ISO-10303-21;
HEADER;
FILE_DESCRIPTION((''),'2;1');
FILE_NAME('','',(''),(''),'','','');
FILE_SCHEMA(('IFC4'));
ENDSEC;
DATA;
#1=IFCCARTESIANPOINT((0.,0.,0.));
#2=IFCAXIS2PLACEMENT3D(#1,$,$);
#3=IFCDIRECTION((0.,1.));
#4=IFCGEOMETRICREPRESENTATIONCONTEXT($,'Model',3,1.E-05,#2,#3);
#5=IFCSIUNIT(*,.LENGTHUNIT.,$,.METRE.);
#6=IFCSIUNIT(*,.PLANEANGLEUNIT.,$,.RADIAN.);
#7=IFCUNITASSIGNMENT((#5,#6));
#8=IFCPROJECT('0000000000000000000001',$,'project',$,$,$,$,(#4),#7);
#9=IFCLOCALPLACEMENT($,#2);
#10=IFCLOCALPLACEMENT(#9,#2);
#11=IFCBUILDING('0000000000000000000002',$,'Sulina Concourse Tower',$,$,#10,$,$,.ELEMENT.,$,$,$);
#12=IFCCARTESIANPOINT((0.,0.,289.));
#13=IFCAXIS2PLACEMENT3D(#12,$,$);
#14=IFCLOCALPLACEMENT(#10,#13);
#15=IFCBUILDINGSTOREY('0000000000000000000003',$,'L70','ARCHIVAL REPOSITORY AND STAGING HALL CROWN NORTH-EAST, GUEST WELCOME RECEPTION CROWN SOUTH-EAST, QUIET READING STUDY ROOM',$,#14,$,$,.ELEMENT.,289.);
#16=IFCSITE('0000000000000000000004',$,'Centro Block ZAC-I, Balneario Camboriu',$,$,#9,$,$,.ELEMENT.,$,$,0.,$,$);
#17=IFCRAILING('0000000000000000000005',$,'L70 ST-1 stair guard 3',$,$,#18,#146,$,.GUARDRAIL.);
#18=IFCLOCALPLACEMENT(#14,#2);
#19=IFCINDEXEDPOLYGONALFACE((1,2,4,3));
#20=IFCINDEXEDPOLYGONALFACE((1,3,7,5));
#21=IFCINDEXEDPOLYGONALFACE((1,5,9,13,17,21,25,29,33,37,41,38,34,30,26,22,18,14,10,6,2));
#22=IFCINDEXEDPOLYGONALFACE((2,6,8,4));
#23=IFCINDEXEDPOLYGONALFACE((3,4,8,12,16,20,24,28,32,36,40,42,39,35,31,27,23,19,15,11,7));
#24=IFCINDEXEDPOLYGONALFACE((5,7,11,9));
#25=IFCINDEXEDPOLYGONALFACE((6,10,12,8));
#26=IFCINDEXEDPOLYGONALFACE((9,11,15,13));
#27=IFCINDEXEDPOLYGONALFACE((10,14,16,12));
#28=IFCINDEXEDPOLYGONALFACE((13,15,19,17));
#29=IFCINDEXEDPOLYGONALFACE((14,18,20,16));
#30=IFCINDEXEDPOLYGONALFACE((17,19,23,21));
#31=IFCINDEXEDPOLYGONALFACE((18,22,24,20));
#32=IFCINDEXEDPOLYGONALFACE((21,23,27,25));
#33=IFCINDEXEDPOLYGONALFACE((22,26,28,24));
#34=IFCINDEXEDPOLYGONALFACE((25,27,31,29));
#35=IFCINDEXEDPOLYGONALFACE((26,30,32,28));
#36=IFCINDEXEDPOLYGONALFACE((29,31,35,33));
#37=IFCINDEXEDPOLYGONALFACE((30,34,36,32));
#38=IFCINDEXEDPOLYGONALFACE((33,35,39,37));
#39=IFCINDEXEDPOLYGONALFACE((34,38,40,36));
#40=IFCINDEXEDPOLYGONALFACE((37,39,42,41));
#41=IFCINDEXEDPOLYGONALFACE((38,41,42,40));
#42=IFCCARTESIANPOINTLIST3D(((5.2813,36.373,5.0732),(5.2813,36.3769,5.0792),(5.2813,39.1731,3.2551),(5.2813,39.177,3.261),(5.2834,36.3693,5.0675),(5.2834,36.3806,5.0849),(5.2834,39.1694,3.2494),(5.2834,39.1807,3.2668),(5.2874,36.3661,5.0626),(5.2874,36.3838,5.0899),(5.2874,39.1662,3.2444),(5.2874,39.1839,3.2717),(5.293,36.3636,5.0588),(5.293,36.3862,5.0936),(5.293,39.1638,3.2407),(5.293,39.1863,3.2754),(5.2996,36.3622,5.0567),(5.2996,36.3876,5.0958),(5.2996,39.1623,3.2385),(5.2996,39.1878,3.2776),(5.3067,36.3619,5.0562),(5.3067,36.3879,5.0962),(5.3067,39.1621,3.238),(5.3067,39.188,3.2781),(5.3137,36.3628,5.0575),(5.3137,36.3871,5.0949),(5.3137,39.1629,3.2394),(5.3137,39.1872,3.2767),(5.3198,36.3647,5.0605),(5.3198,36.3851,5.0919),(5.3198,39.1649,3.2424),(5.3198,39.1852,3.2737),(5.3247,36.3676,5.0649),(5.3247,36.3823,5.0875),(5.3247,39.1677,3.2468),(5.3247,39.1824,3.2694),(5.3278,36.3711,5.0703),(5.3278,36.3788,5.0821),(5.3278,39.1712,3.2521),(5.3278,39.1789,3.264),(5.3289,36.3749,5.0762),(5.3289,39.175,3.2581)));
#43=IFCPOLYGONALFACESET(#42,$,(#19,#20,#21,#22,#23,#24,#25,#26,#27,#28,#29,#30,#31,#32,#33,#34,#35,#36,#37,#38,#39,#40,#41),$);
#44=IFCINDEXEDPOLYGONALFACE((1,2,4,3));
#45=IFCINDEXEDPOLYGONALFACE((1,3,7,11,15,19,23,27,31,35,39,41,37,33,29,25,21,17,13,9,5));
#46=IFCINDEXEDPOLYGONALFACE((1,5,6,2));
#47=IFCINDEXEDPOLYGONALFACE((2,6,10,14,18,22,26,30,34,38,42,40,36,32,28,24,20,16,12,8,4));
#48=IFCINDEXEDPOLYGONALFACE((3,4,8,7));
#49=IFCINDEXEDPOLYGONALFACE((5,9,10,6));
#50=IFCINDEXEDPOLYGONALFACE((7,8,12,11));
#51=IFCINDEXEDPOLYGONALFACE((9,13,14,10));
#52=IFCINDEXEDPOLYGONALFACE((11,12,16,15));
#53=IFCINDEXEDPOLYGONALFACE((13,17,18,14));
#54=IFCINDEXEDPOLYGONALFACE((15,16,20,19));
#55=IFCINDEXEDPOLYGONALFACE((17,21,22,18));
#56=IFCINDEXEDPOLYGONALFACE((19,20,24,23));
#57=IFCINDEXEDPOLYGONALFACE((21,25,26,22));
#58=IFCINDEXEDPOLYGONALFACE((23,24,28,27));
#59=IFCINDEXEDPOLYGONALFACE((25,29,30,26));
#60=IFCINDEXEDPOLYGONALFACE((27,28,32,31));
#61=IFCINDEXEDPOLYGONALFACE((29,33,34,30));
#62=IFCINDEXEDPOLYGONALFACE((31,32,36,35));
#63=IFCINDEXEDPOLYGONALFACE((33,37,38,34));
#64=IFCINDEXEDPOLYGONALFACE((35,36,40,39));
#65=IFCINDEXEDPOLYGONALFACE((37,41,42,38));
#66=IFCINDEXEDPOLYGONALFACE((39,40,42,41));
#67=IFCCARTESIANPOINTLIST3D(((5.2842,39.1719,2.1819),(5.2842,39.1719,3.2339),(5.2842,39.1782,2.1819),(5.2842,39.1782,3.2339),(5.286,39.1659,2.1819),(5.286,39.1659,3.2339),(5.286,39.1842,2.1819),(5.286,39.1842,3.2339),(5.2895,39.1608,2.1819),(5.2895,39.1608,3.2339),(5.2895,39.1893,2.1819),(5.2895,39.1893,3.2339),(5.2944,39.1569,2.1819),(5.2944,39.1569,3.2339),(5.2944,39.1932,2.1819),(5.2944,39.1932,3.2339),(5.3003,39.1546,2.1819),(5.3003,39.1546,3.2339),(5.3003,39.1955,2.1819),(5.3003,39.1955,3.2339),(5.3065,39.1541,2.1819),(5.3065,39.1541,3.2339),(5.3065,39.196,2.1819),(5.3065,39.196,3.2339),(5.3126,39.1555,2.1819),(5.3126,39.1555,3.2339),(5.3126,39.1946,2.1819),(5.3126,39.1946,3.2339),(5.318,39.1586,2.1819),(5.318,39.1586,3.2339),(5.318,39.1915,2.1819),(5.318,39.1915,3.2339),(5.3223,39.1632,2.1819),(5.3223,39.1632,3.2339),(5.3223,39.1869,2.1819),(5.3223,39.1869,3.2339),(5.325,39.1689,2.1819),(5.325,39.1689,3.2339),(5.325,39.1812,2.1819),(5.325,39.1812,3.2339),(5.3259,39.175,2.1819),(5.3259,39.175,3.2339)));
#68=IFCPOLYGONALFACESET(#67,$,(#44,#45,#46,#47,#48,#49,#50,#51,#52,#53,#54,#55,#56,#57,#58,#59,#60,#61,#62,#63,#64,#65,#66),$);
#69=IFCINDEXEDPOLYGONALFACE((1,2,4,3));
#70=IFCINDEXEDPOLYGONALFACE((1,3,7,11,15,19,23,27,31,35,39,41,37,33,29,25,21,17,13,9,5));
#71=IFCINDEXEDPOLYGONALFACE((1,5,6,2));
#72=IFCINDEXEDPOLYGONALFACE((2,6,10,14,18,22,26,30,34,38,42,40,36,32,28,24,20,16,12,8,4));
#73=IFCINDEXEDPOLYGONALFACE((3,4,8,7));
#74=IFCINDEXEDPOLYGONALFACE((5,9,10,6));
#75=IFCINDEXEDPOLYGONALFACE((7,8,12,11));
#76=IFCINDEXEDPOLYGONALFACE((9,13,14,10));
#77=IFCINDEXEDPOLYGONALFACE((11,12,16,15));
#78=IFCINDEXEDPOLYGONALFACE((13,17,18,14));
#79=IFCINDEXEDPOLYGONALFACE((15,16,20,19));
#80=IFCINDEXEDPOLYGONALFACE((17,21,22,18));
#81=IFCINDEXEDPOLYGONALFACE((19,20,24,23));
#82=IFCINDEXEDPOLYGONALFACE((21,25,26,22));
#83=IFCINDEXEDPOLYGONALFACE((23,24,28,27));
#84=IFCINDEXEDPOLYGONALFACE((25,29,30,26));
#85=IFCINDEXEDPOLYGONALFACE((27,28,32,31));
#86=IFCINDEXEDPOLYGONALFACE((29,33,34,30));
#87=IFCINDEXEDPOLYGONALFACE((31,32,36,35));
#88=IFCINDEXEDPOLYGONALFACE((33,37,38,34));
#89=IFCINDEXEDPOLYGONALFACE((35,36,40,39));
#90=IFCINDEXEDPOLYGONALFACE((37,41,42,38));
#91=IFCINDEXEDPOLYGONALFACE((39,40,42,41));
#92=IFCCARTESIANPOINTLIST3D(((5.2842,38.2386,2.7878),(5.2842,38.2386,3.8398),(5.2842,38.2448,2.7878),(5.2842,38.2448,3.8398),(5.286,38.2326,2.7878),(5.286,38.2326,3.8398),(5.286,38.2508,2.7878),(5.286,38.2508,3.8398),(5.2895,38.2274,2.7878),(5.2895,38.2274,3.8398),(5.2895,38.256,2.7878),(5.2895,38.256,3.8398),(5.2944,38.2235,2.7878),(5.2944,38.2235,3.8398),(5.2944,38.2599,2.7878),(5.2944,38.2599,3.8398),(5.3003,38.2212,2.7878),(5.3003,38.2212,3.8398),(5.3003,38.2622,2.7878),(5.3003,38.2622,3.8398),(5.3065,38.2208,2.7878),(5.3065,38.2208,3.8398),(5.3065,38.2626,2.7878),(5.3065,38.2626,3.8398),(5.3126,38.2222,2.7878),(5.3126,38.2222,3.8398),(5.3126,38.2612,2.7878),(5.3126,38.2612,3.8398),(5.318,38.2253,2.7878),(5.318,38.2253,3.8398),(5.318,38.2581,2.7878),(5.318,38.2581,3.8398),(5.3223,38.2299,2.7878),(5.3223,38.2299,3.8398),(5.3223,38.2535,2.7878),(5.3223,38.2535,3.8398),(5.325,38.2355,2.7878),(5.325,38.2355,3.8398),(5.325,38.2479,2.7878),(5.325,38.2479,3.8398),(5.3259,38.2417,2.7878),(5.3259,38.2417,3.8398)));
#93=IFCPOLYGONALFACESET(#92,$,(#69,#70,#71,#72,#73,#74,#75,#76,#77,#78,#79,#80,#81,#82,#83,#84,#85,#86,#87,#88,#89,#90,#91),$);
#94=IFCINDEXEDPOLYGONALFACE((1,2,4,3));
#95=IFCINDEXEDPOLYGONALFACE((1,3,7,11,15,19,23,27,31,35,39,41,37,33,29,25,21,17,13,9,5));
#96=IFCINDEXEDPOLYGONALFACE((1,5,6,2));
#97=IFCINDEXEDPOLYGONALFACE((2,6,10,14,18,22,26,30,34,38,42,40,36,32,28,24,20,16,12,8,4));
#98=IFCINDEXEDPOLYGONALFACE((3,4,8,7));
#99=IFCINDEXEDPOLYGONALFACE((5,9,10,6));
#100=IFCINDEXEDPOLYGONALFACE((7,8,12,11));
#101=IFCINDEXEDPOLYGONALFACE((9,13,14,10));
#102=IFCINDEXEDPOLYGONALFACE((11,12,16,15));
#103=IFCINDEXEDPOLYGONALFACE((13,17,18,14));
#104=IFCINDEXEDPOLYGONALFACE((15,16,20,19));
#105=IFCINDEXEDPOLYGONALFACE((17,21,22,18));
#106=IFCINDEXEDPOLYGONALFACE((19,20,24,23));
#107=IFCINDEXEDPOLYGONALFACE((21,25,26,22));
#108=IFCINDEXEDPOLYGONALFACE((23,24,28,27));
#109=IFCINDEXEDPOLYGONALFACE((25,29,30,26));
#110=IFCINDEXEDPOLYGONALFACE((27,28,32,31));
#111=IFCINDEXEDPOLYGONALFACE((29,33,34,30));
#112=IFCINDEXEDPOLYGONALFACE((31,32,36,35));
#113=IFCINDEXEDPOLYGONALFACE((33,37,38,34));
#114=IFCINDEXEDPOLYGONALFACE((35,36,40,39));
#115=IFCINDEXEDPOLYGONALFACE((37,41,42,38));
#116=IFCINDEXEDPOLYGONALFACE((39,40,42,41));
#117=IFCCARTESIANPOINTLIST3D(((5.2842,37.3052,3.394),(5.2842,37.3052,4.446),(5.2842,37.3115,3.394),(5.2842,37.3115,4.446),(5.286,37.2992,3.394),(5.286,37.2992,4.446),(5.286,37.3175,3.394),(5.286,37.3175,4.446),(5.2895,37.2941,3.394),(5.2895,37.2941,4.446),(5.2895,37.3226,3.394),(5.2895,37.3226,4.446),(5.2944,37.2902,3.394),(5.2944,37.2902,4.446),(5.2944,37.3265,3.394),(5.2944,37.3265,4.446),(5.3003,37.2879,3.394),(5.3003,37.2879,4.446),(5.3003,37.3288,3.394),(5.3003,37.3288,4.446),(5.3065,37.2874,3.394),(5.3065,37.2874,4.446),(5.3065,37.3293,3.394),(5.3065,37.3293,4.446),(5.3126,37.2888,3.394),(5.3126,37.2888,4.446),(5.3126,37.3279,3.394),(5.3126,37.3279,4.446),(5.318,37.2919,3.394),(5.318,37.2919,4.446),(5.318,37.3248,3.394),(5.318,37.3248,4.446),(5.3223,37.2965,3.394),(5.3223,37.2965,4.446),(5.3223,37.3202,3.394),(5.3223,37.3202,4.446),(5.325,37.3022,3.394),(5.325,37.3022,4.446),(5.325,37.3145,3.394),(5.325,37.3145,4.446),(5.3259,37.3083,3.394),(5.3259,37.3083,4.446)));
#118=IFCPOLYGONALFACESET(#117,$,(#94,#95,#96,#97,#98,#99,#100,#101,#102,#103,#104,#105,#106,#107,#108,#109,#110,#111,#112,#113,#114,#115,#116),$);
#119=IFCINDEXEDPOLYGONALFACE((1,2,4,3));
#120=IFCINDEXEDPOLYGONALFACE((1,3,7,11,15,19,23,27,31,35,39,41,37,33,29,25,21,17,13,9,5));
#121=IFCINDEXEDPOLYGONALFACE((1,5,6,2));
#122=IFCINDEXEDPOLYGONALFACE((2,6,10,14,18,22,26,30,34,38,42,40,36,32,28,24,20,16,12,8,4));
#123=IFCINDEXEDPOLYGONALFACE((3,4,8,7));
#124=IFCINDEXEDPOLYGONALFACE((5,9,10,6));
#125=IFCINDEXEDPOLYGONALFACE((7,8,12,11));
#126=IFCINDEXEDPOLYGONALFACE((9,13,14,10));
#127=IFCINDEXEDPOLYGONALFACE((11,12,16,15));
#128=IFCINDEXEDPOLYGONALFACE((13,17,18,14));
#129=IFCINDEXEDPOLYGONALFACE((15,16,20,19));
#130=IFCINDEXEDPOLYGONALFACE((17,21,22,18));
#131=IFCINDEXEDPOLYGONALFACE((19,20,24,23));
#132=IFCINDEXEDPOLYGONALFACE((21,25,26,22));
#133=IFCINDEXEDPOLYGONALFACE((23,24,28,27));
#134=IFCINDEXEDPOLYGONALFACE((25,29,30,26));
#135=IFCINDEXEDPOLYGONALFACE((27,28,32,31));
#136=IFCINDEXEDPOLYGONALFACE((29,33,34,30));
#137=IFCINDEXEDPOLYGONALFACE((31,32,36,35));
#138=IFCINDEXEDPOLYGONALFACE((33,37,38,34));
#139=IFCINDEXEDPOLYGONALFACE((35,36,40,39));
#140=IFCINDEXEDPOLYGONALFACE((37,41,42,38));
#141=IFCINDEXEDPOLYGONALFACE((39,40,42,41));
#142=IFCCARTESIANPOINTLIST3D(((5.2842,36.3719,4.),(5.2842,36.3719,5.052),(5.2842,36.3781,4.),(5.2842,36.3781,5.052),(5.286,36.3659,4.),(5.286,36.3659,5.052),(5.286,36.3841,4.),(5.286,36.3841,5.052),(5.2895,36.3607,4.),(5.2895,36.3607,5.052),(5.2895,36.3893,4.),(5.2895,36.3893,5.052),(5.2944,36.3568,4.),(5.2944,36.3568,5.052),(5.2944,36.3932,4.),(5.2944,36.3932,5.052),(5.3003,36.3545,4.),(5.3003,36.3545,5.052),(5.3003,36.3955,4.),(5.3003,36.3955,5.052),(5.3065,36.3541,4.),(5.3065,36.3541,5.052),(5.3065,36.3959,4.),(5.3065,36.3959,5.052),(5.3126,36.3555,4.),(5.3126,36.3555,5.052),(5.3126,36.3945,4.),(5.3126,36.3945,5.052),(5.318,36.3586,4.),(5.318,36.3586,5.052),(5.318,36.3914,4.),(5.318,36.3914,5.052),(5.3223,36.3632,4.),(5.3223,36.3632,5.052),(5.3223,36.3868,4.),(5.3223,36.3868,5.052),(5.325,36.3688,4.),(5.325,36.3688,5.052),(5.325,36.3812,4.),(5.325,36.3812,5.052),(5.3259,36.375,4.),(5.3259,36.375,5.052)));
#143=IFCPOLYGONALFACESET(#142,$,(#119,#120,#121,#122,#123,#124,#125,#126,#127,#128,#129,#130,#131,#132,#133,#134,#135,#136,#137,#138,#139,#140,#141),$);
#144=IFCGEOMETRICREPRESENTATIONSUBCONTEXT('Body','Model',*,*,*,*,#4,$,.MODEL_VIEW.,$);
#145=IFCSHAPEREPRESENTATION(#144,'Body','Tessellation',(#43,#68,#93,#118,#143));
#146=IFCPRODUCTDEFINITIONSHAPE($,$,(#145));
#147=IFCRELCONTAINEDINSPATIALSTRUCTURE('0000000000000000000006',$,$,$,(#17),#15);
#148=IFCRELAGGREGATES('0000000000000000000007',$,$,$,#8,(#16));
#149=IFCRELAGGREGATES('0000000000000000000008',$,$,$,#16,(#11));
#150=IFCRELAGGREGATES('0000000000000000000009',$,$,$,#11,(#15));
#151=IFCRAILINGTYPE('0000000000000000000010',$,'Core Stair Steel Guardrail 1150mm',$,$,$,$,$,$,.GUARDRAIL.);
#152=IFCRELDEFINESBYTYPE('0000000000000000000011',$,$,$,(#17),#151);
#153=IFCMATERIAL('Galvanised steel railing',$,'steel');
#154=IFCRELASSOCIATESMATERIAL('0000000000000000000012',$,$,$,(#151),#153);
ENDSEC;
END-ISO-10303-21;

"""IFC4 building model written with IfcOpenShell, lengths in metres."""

from ifc_helpers import new_model, si_unit, direction, frame, origin, origin_2d, place, context, subcontext, project, spatial, circle, extrude, material, type_object, element, save


model = new_model("IFC4")

# Units and contexts
model_context = context("Model", 3, precision=1e-05, world=origin(), true_north=direction((0.0, 1.0)))
body_context = subcontext(model_context, "Body", "Model", "MODEL_VIEW")
ifc_project = project(units=[si_unit("LENGTHUNIT", "METRE"), si_unit("PLANEANGLEUNIT", "RADIAN")], contexts=[model_context])

# Site, building, storey
site_placement = place(None, origin())
site = spatial("IfcSite", under=ifc_project, at=site_placement, Name="Centro Block ZAC-I, Balneario Camboriu", CompositionType="ELEMENT", RefElevation=0.0)
building_placement = place(site_placement, origin())
building = spatial("IfcBuilding", under=site, at=building_placement, Name="Sulina Concourse Tower", CompositionType="ELEMENT")
storey_placement = place(building_placement, frame((0.0, 0.0, 289.0)))
storey = spatial("IfcBuildingStorey", under=building, at=storey_placement, Name="L70", Description="ARCHIVAL REPOSITORY AND STAGING HALL CROWN NORTH-EAST, GUEST WELCOME RECEPTION CROWN SOUTH-EAST, QUIET READING STUDY ROOM", CompositionType="ELEMENT", Elevation=289.0)

# Railing
ifc_material_1 = material(Name="Galvanised steel railing", Category="steel")
railing_type_1 = type_object("IfcRailingType", Name="Core Stair Steel Guardrail 1150mm", PredefinedType="GUARDRAIL", material=ifc_material_1)
railing_1_placement = place(storey_placement, frame((5.3049, 39.175, 2.1819)))
element("IfcRailing", 1, at=railing_1_placement, inside=storey, type_object=railing_type_1, Name="L70 ST-1 stair guard 3", PredefinedType="GUARDRAIL", context=body_context, shape_type="SweptSolid", body=[
    extrude(circle(Radius=0.0239, at=origin_2d()), frame((0.0, 0.0, 1.0762), z_axis=(0.0, -0.838706, 0.544585), x_axis=(1.0, 0.0, 0.0)), (0.0, 0.0, 1.0), 3.3386),
    extrude(circle(Radius=0.021, at=origin_2d()), origin(), (0.0, 0.0, 1.0), 1.052),
    extrude(circle(Radius=0.021, at=origin_2d()), frame((0.0, -0.9333, 0.606)), (0.0, 0.0, 1.0), 1.052),
    extrude(circle(Radius=0.021, at=origin_2d()), frame((0.0, -1.8667, 1.2122)), (0.0, 0.0, 1.0), 1.052),
    extrude(circle(Radius=0.021, at=origin_2d()), frame((0.0, -2.8, 1.8181)), (0.0, 0.0, 1.0), 1.052),
])

save(model, "model.ifc")
